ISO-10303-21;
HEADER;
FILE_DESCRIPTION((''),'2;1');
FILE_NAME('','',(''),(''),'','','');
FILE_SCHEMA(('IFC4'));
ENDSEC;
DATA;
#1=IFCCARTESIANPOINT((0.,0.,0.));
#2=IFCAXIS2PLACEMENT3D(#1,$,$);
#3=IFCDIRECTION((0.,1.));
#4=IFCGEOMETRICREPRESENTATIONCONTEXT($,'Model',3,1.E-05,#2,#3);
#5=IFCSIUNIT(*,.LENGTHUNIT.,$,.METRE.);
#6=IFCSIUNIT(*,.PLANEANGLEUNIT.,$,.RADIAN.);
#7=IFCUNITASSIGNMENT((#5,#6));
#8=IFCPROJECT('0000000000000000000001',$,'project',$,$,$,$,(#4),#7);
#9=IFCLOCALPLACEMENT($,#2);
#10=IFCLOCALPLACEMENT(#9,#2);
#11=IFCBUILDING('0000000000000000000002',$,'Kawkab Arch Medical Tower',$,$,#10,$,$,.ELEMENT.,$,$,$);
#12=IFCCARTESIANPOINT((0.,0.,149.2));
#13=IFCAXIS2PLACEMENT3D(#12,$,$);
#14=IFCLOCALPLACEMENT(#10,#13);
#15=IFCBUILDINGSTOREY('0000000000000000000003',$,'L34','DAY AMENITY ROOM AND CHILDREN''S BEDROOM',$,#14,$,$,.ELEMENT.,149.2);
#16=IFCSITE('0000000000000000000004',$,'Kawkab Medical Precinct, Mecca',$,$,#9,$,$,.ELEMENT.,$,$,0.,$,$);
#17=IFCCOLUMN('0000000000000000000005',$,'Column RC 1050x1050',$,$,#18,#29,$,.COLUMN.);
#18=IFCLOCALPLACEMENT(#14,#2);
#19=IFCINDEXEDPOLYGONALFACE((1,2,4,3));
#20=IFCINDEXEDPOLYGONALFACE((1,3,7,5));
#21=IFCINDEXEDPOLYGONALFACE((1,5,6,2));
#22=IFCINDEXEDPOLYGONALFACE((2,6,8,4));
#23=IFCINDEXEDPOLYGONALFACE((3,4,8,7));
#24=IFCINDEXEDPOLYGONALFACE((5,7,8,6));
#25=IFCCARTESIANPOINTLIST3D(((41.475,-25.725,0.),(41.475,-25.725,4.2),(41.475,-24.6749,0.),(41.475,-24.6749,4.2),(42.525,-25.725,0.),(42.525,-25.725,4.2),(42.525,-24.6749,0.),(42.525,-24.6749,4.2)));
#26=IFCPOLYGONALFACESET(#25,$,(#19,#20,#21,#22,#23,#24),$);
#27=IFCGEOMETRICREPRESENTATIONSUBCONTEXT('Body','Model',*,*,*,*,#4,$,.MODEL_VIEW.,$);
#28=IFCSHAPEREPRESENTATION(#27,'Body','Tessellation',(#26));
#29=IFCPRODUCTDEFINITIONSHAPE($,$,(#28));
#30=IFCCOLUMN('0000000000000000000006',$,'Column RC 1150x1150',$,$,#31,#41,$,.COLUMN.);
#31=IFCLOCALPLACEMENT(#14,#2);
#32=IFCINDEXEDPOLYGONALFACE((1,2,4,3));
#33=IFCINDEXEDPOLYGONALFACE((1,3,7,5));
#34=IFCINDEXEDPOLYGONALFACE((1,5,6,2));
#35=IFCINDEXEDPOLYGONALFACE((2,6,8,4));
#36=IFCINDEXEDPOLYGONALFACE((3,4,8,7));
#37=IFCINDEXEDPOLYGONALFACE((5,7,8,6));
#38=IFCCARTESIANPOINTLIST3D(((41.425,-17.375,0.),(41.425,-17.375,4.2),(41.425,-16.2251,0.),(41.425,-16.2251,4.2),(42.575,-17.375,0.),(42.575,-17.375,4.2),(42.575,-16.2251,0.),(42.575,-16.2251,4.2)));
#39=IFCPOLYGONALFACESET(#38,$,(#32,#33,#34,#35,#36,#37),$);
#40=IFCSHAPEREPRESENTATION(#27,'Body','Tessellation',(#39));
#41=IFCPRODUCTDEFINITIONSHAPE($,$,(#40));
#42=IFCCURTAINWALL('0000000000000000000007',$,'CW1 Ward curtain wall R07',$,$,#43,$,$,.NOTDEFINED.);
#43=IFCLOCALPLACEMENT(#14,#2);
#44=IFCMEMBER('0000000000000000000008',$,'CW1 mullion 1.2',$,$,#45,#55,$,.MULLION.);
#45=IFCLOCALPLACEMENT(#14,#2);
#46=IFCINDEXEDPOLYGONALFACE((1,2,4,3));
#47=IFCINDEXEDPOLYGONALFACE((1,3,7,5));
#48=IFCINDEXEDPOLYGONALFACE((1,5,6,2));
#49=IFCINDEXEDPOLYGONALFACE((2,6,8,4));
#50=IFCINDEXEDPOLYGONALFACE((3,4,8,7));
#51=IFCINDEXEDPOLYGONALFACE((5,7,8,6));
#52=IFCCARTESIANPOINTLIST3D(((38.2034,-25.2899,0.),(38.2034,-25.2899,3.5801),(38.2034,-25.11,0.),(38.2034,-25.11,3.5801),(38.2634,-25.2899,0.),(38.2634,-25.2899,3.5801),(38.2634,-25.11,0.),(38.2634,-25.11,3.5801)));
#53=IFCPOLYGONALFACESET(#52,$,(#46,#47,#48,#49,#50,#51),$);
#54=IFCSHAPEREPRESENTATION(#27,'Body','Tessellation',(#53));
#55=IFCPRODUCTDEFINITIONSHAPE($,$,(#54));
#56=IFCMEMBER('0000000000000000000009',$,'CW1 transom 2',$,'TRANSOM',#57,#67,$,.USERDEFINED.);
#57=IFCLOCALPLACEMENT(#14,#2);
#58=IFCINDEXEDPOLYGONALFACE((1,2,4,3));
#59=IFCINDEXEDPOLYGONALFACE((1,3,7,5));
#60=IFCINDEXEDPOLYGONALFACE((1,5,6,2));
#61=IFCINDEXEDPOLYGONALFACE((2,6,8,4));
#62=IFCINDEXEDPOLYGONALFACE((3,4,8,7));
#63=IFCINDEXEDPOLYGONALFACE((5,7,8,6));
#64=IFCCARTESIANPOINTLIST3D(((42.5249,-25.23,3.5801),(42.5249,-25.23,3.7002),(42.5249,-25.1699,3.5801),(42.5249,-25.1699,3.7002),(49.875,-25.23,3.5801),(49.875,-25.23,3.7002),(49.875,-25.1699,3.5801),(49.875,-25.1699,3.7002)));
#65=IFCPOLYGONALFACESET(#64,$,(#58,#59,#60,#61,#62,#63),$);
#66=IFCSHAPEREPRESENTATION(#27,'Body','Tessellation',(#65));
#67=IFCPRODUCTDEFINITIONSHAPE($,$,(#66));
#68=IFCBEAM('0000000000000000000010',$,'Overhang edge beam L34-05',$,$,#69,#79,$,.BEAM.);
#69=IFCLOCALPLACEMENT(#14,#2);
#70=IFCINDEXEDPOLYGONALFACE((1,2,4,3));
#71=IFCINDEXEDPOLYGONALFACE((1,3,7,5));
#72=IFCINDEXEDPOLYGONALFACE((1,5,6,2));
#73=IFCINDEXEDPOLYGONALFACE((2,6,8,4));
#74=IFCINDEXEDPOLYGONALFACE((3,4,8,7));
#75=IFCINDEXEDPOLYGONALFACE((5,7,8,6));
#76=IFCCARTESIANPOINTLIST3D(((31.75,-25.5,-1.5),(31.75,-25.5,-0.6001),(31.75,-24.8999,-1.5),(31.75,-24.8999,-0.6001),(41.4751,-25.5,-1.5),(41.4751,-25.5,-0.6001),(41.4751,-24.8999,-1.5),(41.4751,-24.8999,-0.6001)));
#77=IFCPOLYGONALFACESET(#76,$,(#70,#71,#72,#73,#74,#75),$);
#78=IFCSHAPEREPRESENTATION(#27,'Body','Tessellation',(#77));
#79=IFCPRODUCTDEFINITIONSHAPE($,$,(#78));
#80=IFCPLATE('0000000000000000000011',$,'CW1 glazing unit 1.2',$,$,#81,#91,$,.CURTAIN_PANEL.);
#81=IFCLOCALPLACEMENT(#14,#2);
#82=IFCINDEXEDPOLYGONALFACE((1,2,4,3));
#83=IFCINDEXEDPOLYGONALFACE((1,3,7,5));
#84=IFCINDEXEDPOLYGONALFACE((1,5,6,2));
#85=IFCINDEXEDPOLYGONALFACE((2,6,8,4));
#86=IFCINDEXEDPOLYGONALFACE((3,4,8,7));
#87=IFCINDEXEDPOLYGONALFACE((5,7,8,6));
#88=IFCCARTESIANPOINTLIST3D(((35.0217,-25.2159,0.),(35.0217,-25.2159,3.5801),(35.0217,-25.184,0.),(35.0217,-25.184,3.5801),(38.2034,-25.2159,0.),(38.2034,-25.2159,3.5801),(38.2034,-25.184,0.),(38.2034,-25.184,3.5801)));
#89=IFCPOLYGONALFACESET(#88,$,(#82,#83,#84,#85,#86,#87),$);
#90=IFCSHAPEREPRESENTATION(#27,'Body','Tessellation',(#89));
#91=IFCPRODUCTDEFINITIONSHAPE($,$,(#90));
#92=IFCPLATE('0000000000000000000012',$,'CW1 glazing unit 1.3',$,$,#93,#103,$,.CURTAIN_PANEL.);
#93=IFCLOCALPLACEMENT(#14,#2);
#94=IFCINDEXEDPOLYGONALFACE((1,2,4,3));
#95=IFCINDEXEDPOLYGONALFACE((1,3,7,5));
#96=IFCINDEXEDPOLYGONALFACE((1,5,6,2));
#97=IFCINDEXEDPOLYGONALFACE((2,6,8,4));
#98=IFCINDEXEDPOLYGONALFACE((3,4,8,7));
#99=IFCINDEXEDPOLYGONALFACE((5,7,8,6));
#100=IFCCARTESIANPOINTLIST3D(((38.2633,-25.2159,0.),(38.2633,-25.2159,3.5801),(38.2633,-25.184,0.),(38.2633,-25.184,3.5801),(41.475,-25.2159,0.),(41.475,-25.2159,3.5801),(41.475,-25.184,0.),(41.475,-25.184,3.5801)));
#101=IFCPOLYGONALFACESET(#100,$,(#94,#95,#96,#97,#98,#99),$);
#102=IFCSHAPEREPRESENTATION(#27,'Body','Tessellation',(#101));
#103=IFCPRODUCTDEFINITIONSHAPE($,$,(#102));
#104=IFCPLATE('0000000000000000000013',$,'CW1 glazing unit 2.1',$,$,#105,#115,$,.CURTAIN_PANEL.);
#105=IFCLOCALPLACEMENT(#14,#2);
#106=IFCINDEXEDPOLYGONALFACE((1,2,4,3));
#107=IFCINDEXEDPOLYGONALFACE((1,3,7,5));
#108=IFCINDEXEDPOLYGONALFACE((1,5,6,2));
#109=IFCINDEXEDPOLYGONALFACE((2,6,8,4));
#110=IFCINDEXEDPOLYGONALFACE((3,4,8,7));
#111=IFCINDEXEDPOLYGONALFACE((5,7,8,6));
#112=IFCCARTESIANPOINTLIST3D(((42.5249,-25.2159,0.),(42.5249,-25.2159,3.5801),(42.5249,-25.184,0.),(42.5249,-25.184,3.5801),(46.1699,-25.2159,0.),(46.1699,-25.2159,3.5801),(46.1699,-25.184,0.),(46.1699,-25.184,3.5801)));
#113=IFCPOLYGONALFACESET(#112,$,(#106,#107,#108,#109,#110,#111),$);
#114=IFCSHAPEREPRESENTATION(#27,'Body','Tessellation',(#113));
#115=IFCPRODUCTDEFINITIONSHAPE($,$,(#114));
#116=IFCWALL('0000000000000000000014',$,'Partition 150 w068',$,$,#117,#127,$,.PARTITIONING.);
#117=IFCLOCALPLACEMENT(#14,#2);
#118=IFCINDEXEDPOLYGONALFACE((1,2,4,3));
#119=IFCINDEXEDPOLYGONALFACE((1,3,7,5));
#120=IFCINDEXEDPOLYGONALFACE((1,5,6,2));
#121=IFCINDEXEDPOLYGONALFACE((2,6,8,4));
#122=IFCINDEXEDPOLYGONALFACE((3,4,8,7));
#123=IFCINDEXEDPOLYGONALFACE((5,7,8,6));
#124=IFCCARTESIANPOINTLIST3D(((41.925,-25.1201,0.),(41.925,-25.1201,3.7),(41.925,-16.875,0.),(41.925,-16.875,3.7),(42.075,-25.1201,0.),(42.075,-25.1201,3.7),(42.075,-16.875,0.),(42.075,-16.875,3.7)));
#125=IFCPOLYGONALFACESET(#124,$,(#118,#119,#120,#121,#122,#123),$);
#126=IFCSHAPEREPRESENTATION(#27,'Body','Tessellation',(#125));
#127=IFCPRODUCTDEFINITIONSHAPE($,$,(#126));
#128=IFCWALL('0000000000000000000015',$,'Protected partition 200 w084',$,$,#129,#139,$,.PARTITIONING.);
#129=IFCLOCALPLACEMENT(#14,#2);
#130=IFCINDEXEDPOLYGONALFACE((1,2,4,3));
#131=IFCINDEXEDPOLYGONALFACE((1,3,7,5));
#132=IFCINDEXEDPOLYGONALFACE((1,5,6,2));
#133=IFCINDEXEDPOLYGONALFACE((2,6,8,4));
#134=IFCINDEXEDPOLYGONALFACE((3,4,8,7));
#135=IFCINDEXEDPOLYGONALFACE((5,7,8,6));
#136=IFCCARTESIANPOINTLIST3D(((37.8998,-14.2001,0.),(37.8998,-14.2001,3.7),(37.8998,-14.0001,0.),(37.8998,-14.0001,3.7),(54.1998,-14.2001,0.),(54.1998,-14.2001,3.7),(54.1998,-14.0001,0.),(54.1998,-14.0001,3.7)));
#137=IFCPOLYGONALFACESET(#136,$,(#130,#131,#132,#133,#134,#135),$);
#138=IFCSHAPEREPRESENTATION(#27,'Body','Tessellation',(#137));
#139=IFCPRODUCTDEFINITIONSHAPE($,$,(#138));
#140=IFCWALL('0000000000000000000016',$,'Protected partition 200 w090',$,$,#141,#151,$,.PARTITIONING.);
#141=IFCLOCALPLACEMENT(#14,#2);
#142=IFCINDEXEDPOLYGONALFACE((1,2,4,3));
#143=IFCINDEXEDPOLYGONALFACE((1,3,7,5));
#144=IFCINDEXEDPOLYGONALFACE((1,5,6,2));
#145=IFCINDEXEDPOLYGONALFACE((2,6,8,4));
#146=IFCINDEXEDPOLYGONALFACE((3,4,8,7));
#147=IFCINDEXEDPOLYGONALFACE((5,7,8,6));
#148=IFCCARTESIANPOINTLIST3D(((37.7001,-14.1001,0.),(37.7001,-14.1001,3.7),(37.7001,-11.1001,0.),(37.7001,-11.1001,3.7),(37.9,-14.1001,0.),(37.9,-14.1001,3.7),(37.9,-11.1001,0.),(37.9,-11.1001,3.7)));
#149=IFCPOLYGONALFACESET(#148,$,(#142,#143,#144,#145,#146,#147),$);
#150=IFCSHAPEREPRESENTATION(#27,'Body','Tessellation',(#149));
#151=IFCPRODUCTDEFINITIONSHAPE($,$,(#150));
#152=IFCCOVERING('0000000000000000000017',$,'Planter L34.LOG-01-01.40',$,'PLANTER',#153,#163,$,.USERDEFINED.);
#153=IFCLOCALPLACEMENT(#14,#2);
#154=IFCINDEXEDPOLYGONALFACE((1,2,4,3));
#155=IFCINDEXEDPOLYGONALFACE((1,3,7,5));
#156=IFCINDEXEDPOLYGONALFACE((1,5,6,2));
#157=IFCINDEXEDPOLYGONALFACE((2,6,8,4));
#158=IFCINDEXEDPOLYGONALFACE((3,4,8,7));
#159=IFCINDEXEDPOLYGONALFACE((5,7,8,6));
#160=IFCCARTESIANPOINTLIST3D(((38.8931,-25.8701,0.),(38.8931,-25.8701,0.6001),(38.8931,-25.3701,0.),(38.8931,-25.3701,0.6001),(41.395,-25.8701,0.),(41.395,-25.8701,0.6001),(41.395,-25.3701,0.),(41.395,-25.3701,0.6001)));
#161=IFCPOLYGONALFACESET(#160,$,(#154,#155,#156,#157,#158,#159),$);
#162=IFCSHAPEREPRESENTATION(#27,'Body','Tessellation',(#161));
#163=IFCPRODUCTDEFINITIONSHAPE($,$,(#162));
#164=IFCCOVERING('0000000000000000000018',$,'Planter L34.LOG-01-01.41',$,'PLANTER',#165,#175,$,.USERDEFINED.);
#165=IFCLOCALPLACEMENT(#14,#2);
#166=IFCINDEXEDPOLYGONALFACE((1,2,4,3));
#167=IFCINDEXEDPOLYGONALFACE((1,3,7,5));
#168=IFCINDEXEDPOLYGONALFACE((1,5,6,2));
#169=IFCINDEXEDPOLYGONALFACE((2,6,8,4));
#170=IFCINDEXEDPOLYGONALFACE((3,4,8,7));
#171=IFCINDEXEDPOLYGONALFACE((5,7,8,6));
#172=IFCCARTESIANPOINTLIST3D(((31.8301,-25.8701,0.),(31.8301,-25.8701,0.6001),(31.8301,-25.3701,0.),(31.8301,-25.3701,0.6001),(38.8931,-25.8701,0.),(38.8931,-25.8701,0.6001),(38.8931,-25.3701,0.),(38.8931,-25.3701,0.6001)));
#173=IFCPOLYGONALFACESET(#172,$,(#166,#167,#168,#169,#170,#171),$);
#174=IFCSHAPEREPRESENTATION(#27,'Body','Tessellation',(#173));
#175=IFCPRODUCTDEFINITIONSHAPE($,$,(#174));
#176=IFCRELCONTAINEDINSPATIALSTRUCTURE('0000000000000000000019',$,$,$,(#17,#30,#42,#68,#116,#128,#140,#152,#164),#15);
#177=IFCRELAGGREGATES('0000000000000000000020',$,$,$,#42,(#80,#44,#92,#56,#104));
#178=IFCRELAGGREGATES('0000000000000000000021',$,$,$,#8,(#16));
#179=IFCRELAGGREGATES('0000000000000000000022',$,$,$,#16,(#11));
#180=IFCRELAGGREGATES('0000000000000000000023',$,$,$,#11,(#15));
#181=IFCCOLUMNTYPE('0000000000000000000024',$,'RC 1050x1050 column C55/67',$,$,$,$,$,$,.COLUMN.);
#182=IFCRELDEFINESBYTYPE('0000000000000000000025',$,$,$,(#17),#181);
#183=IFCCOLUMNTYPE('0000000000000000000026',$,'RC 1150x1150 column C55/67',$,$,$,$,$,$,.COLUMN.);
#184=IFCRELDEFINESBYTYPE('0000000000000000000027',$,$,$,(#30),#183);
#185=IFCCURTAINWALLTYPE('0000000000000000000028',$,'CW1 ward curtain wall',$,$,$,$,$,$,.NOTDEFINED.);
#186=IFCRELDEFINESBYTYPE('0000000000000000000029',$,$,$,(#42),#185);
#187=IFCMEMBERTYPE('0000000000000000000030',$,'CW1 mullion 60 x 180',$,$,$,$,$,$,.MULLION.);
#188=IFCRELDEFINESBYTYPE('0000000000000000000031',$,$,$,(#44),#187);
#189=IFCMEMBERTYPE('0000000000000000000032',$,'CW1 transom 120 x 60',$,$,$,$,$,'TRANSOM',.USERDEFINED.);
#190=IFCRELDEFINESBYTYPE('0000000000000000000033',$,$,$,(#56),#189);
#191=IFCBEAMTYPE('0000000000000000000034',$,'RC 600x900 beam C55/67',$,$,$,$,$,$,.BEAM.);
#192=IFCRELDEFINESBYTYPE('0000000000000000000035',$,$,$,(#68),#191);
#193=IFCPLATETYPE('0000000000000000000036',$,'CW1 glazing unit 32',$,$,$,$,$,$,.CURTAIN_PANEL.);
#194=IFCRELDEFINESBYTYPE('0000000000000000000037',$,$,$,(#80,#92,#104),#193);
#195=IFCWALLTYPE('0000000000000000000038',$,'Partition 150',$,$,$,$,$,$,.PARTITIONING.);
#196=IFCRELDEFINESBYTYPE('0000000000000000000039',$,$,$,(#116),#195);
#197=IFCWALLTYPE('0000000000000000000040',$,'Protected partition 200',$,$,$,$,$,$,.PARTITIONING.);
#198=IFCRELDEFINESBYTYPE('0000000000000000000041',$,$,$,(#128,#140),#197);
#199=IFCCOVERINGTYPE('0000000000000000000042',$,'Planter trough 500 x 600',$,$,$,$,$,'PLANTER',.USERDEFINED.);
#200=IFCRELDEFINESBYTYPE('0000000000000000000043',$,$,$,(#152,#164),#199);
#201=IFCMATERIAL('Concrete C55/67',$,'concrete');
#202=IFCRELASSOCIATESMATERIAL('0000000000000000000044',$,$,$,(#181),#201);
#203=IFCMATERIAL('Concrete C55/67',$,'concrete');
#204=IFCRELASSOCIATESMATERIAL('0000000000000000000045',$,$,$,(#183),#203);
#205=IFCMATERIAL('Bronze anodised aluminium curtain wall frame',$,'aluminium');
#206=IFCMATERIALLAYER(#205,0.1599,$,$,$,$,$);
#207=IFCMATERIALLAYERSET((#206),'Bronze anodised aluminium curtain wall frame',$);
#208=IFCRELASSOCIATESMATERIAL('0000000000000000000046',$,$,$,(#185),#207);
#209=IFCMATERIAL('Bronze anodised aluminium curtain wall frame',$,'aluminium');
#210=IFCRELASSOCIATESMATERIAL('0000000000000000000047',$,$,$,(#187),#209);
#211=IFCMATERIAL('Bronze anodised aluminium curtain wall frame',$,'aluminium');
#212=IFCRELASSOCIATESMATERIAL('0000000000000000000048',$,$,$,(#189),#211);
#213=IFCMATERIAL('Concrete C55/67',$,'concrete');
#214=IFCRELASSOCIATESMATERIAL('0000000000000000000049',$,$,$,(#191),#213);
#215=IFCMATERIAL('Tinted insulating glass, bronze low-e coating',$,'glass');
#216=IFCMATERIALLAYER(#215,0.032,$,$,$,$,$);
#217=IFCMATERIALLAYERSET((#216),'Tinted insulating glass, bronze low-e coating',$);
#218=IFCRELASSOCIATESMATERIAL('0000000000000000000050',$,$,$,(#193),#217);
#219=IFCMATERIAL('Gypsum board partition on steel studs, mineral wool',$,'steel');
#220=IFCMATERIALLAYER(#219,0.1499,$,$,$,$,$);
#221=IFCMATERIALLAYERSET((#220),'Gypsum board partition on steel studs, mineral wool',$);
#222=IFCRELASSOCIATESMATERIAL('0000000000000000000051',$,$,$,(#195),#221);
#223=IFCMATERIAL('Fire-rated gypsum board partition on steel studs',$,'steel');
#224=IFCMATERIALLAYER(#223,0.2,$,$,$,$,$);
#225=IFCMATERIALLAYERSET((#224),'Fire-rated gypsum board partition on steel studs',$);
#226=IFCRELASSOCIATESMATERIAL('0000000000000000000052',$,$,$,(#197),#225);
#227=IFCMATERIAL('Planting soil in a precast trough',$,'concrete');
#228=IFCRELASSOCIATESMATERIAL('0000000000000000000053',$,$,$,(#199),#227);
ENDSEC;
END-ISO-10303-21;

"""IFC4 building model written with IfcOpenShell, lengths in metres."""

from ifc_helpers import new_model, si_unit, direction, frame, frame_2d, origin, origin_2d, place, context, subcontext, project, spatial, rectangle, extrude, material, layer, layer_set, material_profile, profile_set, type_object, element, aggregate, save


model = new_model("IFC4")

# Units and contexts
model_context = context("Model", 3, precision=1e-05, world=origin(), true_north=direction((0.0, 1.0)))
body_context = subcontext(model_context, "Body", "Model", "MODEL_VIEW")
ifc_project = project(units=[si_unit("LENGTHUNIT", "METRE"), si_unit("PLANEANGLEUNIT", "RADIAN")], contexts=[model_context])

# Site, building, storey
site_placement = place(None, origin())
site = spatial("IfcSite", under=ifc_project, at=site_placement, Name="Kawkab Medical Precinct, Mecca", CompositionType="ELEMENT", RefElevation=0.0)
building_placement = place(site_placement, origin())
building = spatial("IfcBuilding", under=site, at=building_placement, Name="Kawkab Arch Medical Tower", CompositionType="ELEMENT")
storey_placement = place(building_placement, frame((0.0, 0.0, 149.2)))
storey = spatial("IfcBuildingStorey", under=building, at=storey_placement, Name="L34", Description="DAY AMENITY ROOM AND CHILDREN'S BEDROOM", CompositionType="ELEMENT", Elevation=149.2)

# Columns
ifc_material_1 = material(Name="Concrete C55/67", Category="concrete")
ifc_material_profile_1 = material_profile(ifc_material_1, rectangle(XDim=1.05, YDim=1.05, at=origin_2d()), Name="RC 1050x1050")
ifc_profile_set_1 = profile_set([ifc_material_profile_1], Name="Concrete C55/67")
column_type_1 = type_object("IfcColumnType", Name="RC 1050x1050 column C55/67", PredefinedType="COLUMN", material=ifc_profile_set_1)
column_1_placement = place(storey_placement, frame((42.0, -25.2, 0.0), z_axis=(0.0, 0.0, 1.0), x_axis=(1.0, 0.0, 0.0)))
element("IfcColumn", 1, at=column_1_placement, inside=storey, type_object=column_type_1, Name="Column RC 1050x1050", PredefinedType="COLUMN", context=body_context, shape_type="SweptSolid", body=[
    extrude(rectangle(XDim=1.05, YDim=1.05, at=origin_2d()), origin(), (0.0, 0.0, 1.0), 4.2),
])
ifc_material_2 = material(Name="Concrete C55/67", Category="concrete")
ifc_material_profile_2 = material_profile(ifc_material_2, rectangle(XDim=1.1499, YDim=1.1499, at=origin_2d()), Name="RC 1150x1150")
ifc_profile_set_2 = profile_set([ifc_material_profile_2], Name="Concrete C55/67")
column_type_2 = type_object("IfcColumnType", Name="RC 1150x1150 column C55/67", PredefinedType="COLUMN", material=ifc_profile_set_2)
column_2_placement = place(storey_placement, frame((42.0, -16.8, 0.0), z_axis=(0.0, 0.0, 1.0), x_axis=(1.0, 0.0, 0.0)))
element("IfcColumn", 2, at=column_2_placement, inside=storey, type_object=column_type_2, Name="Column RC 1150x1150", PredefinedType="COLUMN", context=body_context, shape_type="SweptSolid", body=[
    extrude(rectangle(XDim=1.1499, YDim=1.1499, at=origin_2d()), origin(), (0.0, 0.0, 1.0), 4.2),
])

# Curtain wall, members
ifc_material_3 = material(Name="Bronze anodised aluminium curtain wall frame", Category="aluminium")
ifc_layer_1 = layer(ifc_material_3, 0.1599)
ifc_layer_set_1 = layer_set([ifc_layer_1], Name="Bronze anodised aluminium curtain wall frame")
curtain_wall_type = type_object("IfcCurtainWallType", Name="CW1 ward curtain wall", PredefinedType="NOTDEFINED", material=ifc_layer_set_1)
curtain_wall_placement = place(storey_placement, origin())
curtain_wall = element("IfcCurtainWall", 3, at=curtain_wall_placement, inside=storey, type_object=curtain_wall_type, Name="CW1 Ward curtain wall R07", PredefinedType="NOTDEFINED")
ifc_material_4 = material(Name="Bronze anodised aluminium curtain wall frame", Category="aluminium")
ifc_material_profile_3 = material_profile(ifc_material_4, rectangle(XDim=0.1799, YDim=0.0601, at=origin_2d()), Name="AL 60x180")
ifc_profile_set_3 = profile_set([ifc_material_profile_3], Name="Bronze anodised aluminium curtain wall frame")
member_type_1 = type_object("IfcMemberType", Name="CW1 mullion 60 x 180", PredefinedType="MULLION", material=ifc_profile_set_3)
member_1_placement = place(storey_placement, frame((38.2334, -25.2, 0.0), z_axis=(0.0, 0.0, 1.0), x_axis=(0.0, 1.0, 0.0)))
member_1 = element("IfcMember", 4, at=member_1_placement, type_object=member_type_1, Name="CW1 mullion 1.2", PredefinedType="MULLION", context=body_context, shape_type="SweptSolid", body=[
    extrude(rectangle(XDim=0.1799, YDim=0.0601, at=origin_2d()), origin(), (0.0, 0.0, 1.0), 3.5801),
])
ifc_material_5 = material(Name="Bronze anodised aluminium curtain wall frame", Category="aluminium")
ifc_material_profile_4 = material_profile(ifc_material_5, rectangle(XDim=0.0601, YDim=0.1201, at=origin_2d()), Name="AL 60x120")
ifc_profile_set_4 = profile_set([ifc_material_profile_4], Name="Bronze anodised aluminium curtain wall frame")
member_type_2 = type_object("IfcMemberType", Name="CW1 transom 120 x 60", ElementType="TRANSOM", PredefinedType="USERDEFINED", material=ifc_profile_set_4)
member_2_placement = place(storey_placement, frame((42.5249, -25.2, 3.6401), z_axis=(1.0, 0.0, 0.0), x_axis=(0.0, 1.0, 0.0)))
member_2 = element("IfcMember", 5, at=member_2_placement, type_object=member_type_2, Name="CW1 transom 2", ObjectType="TRANSOM", PredefinedType="USERDEFINED", context=body_context, shape_type="SweptSolid", body=[
    extrude(rectangle(XDim=0.0601, YDim=0.1201, at=origin_2d()), origin(), (0.0, 0.0, 1.0), 7.3501),
])

# Beam
ifc_material_6 = material(Name="Concrete C55/67", Category="concrete")
ifc_material_profile_5 = material_profile(ifc_material_6, rectangle(XDim=0.6001, YDim=0.8999, at=origin_2d()), Name="RC 600x900")
ifc_profile_set_5 = profile_set([ifc_material_profile_5], Name="Concrete C55/67")
beam_type = type_object("IfcBeamType", Name="RC 600x900 beam C55/67", PredefinedType="BEAM", material=ifc_profile_set_5)
beam_placement = place(storey_placement, frame((41.4751, -25.2, -1.05), z_axis=(-1.0, 0.0, 0.0), x_axis=(0.0, -1.0, 0.0)))
element("IfcBeam", 6, at=beam_placement, inside=storey, type_object=beam_type, Name="Overhang edge beam L34-05", PredefinedType="BEAM", context=body_context, shape_type="SweptSolid", body=[
    extrude(rectangle(XDim=0.6001, YDim=0.8999, at=origin_2d()), origin(), (0.0, 0.0, 1.0), 9.7251),
])

# Plates
ifc_material_7 = material(Name="Tinted insulating glass, bronze low-e coating", Category="glass")
ifc_layer_2 = layer(ifc_material_7, 0.032)
ifc_layer_set_2 = layer_set([ifc_layer_2], Name="Tinted insulating glass, bronze low-e coating")
plate_type = type_object("IfcPlateType", Name="CW1 glazing unit 32", PredefinedType="CURTAIN_PANEL", material=ifc_layer_set_2)
plate_1_placement = place(storey_placement, frame((36.6125, -25.2, 0.0), z_axis=(0.0, 0.0, 1.0), x_axis=(1.0, 0.0, 0.0)))
plate_1 = element("IfcPlate", 7, at=plate_1_placement, type_object=plate_type, Name="CW1 glazing unit 1.2", PredefinedType="CURTAIN_PANEL", context=body_context, shape_type="SweptSolid", body=[
    extrude(rectangle(XDim=3.1816, YDim=0.032, at=origin_2d()), origin(), (0.0, 0.0, 1.0), 3.5801),
])
plate_2_placement = place(storey_placement, frame((39.8691, -25.2, 0.0), z_axis=(0.0, 0.0, 1.0), x_axis=(1.0, 0.0, 0.0)))
plate_2 = element("IfcPlate", 8, at=plate_2_placement, type_object=plate_type, Name="CW1 glazing unit 1.3", PredefinedType="CURTAIN_PANEL", context=body_context, shape_type="SweptSolid", body=[
    extrude(rectangle(XDim=3.2117, YDim=0.032, at=origin_2d()), origin(), (0.0, 0.0, 1.0), 3.5801),
])
plate_3_placement = place(storey_placement, frame((44.3474, -25.2, 0.0), z_axis=(0.0, 0.0, 1.0), x_axis=(1.0, 0.0, 0.0)))
plate_3 = element("IfcPlate", 9, at=plate_3_placement, type_object=plate_type, Name="CW1 glazing unit 2.1", PredefinedType="CURTAIN_PANEL", context=body_context, shape_type="SweptSolid", body=[
    extrude(rectangle(XDim=3.645, YDim=0.032, at=origin_2d()), origin(), (0.0, 0.0, 1.0), 3.5801),
])
aggregate(curtain_wall, [plate_1, member_1, plate_2, member_2, plate_3])

# Walls
ifc_material_8 = material(Name="Gypsum board partition on steel studs, mineral wool", Category="steel")
ifc_layer_3 = layer(ifc_material_8, 0.1499)
ifc_layer_set_3 = layer_set([ifc_layer_3], Name="Gypsum board partition on steel studs, mineral wool")
wall_type_1 = type_object("IfcWallType", Name="Partition 150", PredefinedType="PARTITIONING", material=ifc_layer_set_3)
wall_1_placement = place(storey_placement, frame((42.0, -25.1201, 0.0), z_axis=(0.0, 0.0, 1.0), x_axis=(0.0, 1.0, 0.0)))
element("IfcWall", 10, at=wall_1_placement, inside=storey, type_object=wall_type_1, Name="Partition 150 w068", PredefinedType="PARTITIONING", context=body_context, shape_type="SweptSolid", body=[
    extrude(rectangle(XDim=8.2451, YDim=0.1499, at=frame_2d((4.1226, 0.0))), origin(), (0.0, 0.0, 1.0), 3.7),
])
ifc_material_9 = material(Name="Fire-rated gypsum board partition on steel studs", Category="steel")
ifc_layer_4 = layer(ifc_material_9, 0.2)
ifc_layer_set_4 = layer_set([ifc_layer_4], Name="Fire-rated gypsum board partition on steel studs")
wall_type_2 = type_object("IfcWallType", Name="Protected partition 200", PredefinedType="PARTITIONING", material=ifc_layer_set_4)
wall_2_placement = place(storey_placement, frame((37.8999, -14.1001, 0.0), z_axis=(0.0, 0.0, 1.0), x_axis=(1.0, 0.0, 0.0)))
element("IfcWall", 11, at=wall_2_placement, inside=storey, type_object=wall_type_2, Name="Protected partition 200 w084", PredefinedType="PARTITIONING", context=body_context, shape_type="SweptSolid", body=[
    extrude(rectangle(XDim=16.3, YDim=0.2, at=frame_2d((8.1499, 0.0))), origin(), (0.0, 0.0, 1.0), 3.7),
])
wall_3_placement = place(storey_placement, frame((37.8, -14.1001, 0.0), z_axis=(0.0, 0.0, 1.0), x_axis=(0.0, 1.0, 0.0)))
element("IfcWall", 12, at=wall_3_placement, inside=storey, type_object=wall_type_2, Name="Protected partition 200 w090", PredefinedType="PARTITIONING", context=body_context, shape_type="SweptSolid", body=[
    extrude(rectangle(XDim=3.0, YDim=0.2, at=frame_2d((1.5, 0.0))), origin(), (0.0, 0.0, 1.0), 3.7),
])

# Coverings
ifc_material_10 = material(Name="Planting soil in a precast trough", Category="concrete")
ifc_material_profile_6 = material_profile(ifc_material_10, rectangle(XDim=0.5, YDim=0.6001, at=origin_2d()), Name="Trough 500x600")
ifc_profile_set_6 = profile_set([ifc_material_profile_6], Name="Planting soil in a precast trough")
covering_type = type_object("IfcCoveringType", Name="Planter trough 500 x 600", ElementType="PLANTER", PredefinedType="USERDEFINED", material=ifc_profile_set_6)
covering_1_placement = place(storey_placement, frame((41.395, -25.6201, 0.3), z_axis=(-1.0, 0.0, 0.0), x_axis=(0.0, -1.0, 0.0)))
element("IfcCovering", 13, at=covering_1_placement, inside=storey, type_object=covering_type, Name="Planter L34.LOG-01-01.40", ObjectType="PLANTER", PredefinedType="USERDEFINED", context=body_context, shape_type="SweptSolid", body=[
    extrude(rectangle(XDim=0.5, YDim=0.6001, at=origin_2d()), origin(), (0.0, 0.0, 1.0), 2.502),
])
covering_2_placement = place(storey_placement, frame((38.8931, -25.6201, 0.3), z_axis=(-1.0, 0.0, 0.0), x_axis=(0.0, -1.0, 0.0)))
element("IfcCovering", 14, at=covering_2_placement, inside=storey, type_object=covering_type, Name="Planter L34.LOG-01-01.41", ObjectType="PLANTER", PredefinedType="USERDEFINED", context=body_context, shape_type="SweptSolid", body=[
    extrude(rectangle(XDim=0.5, YDim=0.6001, at=origin_2d()), origin(), (0.0, 0.0, 1.0), 7.063),
])

save(model, "model.ifc")
